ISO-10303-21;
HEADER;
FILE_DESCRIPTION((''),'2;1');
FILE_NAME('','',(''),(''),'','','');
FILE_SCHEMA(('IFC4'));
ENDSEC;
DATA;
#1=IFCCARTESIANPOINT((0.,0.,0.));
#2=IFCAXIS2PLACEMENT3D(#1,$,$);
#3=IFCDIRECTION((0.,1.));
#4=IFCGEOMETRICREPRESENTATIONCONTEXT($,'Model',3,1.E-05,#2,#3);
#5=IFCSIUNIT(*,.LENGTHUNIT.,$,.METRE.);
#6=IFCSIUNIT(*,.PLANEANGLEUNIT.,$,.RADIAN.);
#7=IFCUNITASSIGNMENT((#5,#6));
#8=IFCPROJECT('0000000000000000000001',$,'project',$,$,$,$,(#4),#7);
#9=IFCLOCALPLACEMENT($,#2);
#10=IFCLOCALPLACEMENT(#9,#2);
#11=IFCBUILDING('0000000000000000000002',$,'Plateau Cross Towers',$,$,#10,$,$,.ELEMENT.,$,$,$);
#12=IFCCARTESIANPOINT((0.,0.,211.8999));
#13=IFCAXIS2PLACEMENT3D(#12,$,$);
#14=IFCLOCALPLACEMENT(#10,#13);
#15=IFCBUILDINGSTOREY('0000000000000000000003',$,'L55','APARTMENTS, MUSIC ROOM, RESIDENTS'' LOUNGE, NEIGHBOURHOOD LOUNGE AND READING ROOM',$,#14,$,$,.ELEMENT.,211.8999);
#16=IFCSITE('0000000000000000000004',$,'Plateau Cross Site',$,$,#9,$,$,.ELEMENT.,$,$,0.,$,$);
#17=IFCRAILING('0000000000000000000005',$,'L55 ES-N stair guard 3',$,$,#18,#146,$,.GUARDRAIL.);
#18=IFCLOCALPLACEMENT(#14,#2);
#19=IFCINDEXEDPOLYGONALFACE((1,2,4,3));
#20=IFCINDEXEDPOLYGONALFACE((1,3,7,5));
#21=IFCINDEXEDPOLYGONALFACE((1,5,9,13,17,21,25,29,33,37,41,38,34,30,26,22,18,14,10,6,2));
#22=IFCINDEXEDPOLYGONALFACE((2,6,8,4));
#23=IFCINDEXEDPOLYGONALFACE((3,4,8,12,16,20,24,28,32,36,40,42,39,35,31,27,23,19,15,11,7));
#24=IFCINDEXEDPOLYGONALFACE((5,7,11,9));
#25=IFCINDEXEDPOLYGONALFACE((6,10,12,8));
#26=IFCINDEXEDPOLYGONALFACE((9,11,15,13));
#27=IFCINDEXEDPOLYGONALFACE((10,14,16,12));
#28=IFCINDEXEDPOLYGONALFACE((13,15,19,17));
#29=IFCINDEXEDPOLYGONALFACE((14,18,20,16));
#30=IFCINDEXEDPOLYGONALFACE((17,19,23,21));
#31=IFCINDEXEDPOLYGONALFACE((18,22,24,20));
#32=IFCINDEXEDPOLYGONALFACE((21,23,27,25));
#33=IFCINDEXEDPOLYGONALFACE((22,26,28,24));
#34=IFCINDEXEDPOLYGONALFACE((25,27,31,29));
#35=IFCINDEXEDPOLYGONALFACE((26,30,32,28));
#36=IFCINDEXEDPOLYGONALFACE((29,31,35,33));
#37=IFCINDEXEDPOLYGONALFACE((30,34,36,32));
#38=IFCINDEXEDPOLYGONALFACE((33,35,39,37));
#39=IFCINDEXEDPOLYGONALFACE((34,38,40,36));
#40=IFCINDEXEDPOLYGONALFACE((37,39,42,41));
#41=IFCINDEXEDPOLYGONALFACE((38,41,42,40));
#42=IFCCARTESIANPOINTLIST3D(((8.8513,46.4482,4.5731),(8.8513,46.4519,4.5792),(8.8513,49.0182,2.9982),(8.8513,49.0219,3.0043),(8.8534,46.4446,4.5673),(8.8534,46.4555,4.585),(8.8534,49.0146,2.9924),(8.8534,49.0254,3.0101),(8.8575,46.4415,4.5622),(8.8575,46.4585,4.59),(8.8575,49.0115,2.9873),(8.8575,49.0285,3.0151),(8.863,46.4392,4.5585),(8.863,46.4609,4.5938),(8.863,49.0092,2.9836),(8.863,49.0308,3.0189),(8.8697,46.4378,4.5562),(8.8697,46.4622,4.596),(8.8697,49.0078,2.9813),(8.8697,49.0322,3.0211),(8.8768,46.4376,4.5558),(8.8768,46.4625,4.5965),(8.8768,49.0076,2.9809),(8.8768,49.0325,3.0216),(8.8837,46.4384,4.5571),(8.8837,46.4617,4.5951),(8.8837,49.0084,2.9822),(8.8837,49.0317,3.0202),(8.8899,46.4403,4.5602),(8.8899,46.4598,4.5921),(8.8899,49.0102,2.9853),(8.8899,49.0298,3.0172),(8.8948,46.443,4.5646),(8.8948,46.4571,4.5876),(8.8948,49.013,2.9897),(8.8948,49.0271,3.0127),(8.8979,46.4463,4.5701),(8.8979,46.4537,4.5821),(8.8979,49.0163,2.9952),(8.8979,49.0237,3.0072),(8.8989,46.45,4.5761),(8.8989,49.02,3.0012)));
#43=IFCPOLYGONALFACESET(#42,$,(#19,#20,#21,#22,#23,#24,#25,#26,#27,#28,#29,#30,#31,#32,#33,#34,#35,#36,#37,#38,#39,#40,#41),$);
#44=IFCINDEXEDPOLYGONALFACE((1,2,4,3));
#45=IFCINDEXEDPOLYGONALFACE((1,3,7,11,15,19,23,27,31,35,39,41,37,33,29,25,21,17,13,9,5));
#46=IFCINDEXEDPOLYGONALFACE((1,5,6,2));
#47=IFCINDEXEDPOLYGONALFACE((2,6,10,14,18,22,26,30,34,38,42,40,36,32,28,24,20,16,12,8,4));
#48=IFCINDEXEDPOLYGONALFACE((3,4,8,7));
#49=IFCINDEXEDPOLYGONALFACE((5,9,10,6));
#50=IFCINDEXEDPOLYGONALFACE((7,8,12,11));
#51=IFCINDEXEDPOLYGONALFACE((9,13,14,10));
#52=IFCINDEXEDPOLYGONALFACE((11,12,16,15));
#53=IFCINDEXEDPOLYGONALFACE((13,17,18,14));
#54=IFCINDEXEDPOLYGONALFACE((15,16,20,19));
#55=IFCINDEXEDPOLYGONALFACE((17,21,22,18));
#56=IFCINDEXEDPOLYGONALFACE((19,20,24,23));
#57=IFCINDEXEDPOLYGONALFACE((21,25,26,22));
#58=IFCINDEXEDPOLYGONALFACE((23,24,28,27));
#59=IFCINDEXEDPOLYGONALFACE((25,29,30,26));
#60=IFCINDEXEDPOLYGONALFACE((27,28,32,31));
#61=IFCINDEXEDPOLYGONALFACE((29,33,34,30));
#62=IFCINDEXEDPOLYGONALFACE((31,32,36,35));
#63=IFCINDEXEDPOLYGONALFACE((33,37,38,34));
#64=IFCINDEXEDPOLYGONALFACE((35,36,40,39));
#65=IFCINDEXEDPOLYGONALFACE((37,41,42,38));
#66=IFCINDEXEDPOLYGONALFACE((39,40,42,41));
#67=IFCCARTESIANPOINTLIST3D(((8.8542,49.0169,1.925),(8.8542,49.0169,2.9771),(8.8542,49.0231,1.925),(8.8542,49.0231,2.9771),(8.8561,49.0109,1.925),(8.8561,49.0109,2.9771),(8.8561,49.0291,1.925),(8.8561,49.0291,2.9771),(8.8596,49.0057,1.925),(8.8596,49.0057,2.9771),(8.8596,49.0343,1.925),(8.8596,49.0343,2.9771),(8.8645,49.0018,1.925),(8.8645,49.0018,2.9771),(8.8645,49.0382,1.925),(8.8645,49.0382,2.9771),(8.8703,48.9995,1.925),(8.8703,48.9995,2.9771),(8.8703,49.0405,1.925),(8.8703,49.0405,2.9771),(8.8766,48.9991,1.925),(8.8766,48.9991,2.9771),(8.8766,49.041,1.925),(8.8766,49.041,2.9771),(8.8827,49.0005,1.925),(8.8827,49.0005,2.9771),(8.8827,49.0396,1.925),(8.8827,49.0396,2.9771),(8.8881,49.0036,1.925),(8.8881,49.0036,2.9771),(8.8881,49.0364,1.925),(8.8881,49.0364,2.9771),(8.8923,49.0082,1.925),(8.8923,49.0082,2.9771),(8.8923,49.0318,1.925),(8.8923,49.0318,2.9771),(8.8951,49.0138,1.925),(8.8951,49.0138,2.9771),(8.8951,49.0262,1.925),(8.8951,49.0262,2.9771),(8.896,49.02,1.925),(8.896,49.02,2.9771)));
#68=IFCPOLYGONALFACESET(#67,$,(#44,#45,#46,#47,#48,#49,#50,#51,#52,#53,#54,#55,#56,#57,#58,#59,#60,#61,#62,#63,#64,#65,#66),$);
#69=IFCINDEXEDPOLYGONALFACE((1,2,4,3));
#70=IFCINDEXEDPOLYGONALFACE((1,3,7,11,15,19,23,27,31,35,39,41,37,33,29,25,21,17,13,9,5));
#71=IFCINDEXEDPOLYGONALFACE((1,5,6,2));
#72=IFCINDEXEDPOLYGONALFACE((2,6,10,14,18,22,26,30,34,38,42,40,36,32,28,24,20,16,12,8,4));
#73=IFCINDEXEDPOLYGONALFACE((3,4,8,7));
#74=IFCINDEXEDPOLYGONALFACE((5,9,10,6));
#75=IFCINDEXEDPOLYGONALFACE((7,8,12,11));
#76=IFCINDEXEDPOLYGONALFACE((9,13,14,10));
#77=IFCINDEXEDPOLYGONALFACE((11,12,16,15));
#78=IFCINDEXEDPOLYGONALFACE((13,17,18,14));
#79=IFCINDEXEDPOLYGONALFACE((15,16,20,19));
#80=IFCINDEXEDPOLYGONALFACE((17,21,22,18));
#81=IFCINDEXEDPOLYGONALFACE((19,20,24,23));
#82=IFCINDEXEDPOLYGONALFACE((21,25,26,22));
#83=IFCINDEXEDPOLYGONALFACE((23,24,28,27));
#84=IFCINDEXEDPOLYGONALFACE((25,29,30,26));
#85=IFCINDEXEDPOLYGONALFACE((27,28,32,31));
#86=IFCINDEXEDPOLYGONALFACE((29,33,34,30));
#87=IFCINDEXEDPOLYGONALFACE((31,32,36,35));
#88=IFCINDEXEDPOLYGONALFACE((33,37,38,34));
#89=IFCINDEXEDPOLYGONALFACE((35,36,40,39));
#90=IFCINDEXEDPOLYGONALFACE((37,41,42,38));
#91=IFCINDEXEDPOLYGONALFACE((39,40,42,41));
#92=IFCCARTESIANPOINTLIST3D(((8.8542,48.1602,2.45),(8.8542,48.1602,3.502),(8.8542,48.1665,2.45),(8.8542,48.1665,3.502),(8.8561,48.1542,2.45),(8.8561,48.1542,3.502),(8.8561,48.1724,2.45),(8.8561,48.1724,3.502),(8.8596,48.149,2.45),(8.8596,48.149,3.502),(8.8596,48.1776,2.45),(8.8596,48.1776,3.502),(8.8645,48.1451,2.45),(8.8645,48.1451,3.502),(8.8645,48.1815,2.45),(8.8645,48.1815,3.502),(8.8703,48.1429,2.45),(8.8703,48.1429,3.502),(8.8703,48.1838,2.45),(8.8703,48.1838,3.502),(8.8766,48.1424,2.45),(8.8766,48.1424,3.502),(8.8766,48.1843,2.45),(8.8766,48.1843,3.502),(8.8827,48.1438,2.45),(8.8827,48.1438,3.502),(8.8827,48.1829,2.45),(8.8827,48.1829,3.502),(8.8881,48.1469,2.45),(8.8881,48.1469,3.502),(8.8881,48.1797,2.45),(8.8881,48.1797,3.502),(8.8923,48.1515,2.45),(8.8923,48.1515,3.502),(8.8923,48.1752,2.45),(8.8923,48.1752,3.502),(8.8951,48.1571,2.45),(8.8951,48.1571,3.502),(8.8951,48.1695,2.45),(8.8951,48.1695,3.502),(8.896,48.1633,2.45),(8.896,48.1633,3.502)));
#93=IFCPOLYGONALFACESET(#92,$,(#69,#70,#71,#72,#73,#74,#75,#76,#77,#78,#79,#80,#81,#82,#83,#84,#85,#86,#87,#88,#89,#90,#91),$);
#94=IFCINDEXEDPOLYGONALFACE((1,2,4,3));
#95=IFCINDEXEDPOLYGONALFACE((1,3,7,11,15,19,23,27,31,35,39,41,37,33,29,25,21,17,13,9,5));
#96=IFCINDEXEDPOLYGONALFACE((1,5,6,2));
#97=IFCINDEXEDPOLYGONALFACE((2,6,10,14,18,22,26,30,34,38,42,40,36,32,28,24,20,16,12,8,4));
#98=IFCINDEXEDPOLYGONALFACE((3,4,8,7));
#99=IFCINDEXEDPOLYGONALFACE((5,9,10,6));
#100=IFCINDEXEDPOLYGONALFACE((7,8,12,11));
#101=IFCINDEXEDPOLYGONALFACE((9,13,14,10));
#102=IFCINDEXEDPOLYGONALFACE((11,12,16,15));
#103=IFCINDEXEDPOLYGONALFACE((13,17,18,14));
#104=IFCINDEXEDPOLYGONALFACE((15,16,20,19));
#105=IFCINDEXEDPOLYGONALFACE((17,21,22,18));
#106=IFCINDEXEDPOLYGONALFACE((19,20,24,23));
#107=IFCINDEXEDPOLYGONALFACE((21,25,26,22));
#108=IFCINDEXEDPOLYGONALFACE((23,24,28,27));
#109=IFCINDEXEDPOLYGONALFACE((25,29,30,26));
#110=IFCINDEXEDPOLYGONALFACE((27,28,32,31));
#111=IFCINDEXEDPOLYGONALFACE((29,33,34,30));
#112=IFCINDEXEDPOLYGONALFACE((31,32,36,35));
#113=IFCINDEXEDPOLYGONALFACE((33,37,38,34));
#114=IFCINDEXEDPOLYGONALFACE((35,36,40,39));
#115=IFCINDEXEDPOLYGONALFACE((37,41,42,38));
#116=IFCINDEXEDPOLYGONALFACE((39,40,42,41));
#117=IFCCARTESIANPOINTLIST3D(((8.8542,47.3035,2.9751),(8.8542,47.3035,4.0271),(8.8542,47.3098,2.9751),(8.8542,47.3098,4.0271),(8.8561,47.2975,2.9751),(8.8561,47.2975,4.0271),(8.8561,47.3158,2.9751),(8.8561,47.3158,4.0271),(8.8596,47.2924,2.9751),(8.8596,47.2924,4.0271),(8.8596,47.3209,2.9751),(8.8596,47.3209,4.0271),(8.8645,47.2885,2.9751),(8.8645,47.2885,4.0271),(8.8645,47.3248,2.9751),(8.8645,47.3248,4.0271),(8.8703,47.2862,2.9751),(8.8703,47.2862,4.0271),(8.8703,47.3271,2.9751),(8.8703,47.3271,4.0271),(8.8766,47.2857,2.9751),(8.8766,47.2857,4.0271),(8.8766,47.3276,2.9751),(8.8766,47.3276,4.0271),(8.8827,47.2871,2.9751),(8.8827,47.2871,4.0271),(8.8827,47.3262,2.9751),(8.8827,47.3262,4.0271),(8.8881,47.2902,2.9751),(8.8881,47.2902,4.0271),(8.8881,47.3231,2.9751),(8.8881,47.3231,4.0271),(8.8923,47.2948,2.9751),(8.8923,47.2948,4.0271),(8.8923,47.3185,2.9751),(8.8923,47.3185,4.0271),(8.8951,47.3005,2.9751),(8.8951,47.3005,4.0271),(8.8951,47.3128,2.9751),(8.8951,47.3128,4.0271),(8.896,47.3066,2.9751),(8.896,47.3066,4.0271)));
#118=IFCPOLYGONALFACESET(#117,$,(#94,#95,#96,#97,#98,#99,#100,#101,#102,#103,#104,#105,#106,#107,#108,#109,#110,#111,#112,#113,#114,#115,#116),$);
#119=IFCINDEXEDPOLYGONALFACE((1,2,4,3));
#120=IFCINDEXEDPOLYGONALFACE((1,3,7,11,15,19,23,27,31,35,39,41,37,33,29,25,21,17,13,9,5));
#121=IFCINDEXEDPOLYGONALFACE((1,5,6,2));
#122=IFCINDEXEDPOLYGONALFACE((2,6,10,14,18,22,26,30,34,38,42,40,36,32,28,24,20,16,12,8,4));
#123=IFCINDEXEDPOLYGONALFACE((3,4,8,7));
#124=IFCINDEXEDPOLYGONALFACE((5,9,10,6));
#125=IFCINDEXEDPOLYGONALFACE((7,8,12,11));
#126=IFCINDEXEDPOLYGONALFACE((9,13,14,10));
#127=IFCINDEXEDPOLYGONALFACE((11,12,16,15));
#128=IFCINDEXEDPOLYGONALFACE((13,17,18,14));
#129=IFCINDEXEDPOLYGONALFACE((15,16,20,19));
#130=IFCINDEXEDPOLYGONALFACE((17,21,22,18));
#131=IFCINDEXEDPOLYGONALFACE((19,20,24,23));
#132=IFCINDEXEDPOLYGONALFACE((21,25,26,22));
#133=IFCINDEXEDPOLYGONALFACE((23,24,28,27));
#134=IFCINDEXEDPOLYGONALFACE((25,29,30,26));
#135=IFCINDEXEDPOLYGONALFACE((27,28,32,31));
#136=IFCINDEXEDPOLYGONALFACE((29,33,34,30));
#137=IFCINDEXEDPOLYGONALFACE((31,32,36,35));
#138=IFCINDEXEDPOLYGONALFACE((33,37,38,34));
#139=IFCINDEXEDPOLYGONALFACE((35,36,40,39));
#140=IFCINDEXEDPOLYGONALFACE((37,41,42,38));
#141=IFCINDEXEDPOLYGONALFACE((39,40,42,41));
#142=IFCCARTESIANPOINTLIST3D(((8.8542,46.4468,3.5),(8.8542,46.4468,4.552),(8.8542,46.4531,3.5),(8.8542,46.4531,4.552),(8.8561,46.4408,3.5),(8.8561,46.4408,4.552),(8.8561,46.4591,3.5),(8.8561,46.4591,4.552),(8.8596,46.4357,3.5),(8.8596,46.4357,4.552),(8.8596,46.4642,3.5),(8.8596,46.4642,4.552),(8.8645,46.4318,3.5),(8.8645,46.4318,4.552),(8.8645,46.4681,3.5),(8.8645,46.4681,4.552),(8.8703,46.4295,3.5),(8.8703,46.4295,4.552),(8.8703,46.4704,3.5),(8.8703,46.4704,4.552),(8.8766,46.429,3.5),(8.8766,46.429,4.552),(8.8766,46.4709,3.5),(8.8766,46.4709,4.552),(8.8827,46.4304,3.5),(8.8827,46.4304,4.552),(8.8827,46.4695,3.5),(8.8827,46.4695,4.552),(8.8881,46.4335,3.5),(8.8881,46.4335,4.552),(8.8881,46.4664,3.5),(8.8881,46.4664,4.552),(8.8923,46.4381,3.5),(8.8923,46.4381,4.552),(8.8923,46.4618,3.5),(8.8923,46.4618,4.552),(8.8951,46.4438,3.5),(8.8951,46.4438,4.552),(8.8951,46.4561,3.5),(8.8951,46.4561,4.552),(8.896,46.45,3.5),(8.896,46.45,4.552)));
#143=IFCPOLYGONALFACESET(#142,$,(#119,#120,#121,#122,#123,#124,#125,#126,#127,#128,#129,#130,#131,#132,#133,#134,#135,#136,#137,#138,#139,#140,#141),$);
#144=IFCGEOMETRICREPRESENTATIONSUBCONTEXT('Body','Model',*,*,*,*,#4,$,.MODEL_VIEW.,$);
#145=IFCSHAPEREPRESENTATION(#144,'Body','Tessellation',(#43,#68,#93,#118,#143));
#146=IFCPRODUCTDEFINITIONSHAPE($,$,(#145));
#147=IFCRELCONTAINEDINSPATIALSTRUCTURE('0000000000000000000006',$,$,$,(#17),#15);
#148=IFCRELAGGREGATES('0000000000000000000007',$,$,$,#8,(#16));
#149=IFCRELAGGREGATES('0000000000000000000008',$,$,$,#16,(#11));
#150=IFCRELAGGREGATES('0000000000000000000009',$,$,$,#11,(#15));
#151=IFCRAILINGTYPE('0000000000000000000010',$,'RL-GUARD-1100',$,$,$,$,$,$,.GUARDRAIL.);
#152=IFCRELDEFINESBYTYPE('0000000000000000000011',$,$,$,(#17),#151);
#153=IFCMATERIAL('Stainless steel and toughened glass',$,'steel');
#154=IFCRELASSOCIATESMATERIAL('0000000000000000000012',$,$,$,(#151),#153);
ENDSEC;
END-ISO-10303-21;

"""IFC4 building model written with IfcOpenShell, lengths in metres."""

from ifc_helpers import new_model, si_unit, direction, frame, origin, origin_2d, place, context, subcontext, project, spatial, circle, extrude, material, type_object, element, save


model = new_model("IFC4")

# Units and contexts
model_context = context("Model", 3, precision=1e-05, world=origin(), true_north=direction((0.0, 1.0)))
body_context = subcontext(model_context, "Body", "Model", "MODEL_VIEW")
ifc_project = project(units=[si_unit("LENGTHUNIT", "METRE"), si_unit("PLANEANGLEUNIT", "RADIAN")], contexts=[model_context])

# Site, building, storey
site_placement = place(None, origin())
site = spatial("IfcSite", under=ifc_project, at=site_placement, Name="Plateau Cross Site", CompositionType="ELEMENT", RefElevation=0.0)
building_placement = place(site_placement, origin())
building = spatial("IfcBuilding", under=site, at=building_placement, Name="Plateau Cross Towers", CompositionType="ELEMENT")
storey_placement = place(building_placement, frame((0.0, 0.0, 211.8999)))
storey = spatial("IfcBuildingStorey", under=building, at=storey_placement, Name="L55", Description="APARTMENTS, MUSIC ROOM, RESIDENTS' LOUNGE, NEIGHBOURHOOD LOUNGE AND READING ROOM", CompositionType="ELEMENT", Elevation=211.8999)

# Railing
ifc_material_1 = material(Name="Stainless steel and toughened glass", Category="steel")
railing_type_1 = type_object("IfcRailingType", Name="RL-GUARD-1100", PredefinedType="GUARDRAIL", material=ifc_material_1)
railing_1_placement = place(storey_placement, frame((8.875, 49.02, 1.925)))
element("IfcRailing", 1, at=railing_1_placement, inside=storey, type_object=railing_type_1, Name="L55 ES-N stair guard 3", PredefinedType="GUARDRAIL", context=body_context, shape_type="SweptSolid", body=[
    extrude(circle(Radius=0.0239, at=origin_2d()), frame((0.0, 0.0, 1.0762), z_axis=(0.0, -0.852639, 0.522501), x_axis=(1.0, 0.0, 0.0)), (0.0, 0.0, 1.0), 3.0142),
    extrude(circle(Radius=0.021, at=origin_2d()), origin(), (0.0, 0.0, 1.0), 1.052),
    extrude(circle(Radius=0.021, at=origin_2d()), frame((0.0, -0.8567, 0.5249)), (0.0, 0.0, 1.0), 1.052),
    extrude(circle(Radius=0.021, at=origin_2d()), frame((0.0, -1.7134, 1.05)), (0.0, 0.0, 1.0), 1.052),
    extrude(circle(Radius=0.021, at=origin_2d()), frame((0.0, -2.5701, 1.575)), (0.0, 0.0, 1.0), 1.052),
])

save(model, "model.ifc")
